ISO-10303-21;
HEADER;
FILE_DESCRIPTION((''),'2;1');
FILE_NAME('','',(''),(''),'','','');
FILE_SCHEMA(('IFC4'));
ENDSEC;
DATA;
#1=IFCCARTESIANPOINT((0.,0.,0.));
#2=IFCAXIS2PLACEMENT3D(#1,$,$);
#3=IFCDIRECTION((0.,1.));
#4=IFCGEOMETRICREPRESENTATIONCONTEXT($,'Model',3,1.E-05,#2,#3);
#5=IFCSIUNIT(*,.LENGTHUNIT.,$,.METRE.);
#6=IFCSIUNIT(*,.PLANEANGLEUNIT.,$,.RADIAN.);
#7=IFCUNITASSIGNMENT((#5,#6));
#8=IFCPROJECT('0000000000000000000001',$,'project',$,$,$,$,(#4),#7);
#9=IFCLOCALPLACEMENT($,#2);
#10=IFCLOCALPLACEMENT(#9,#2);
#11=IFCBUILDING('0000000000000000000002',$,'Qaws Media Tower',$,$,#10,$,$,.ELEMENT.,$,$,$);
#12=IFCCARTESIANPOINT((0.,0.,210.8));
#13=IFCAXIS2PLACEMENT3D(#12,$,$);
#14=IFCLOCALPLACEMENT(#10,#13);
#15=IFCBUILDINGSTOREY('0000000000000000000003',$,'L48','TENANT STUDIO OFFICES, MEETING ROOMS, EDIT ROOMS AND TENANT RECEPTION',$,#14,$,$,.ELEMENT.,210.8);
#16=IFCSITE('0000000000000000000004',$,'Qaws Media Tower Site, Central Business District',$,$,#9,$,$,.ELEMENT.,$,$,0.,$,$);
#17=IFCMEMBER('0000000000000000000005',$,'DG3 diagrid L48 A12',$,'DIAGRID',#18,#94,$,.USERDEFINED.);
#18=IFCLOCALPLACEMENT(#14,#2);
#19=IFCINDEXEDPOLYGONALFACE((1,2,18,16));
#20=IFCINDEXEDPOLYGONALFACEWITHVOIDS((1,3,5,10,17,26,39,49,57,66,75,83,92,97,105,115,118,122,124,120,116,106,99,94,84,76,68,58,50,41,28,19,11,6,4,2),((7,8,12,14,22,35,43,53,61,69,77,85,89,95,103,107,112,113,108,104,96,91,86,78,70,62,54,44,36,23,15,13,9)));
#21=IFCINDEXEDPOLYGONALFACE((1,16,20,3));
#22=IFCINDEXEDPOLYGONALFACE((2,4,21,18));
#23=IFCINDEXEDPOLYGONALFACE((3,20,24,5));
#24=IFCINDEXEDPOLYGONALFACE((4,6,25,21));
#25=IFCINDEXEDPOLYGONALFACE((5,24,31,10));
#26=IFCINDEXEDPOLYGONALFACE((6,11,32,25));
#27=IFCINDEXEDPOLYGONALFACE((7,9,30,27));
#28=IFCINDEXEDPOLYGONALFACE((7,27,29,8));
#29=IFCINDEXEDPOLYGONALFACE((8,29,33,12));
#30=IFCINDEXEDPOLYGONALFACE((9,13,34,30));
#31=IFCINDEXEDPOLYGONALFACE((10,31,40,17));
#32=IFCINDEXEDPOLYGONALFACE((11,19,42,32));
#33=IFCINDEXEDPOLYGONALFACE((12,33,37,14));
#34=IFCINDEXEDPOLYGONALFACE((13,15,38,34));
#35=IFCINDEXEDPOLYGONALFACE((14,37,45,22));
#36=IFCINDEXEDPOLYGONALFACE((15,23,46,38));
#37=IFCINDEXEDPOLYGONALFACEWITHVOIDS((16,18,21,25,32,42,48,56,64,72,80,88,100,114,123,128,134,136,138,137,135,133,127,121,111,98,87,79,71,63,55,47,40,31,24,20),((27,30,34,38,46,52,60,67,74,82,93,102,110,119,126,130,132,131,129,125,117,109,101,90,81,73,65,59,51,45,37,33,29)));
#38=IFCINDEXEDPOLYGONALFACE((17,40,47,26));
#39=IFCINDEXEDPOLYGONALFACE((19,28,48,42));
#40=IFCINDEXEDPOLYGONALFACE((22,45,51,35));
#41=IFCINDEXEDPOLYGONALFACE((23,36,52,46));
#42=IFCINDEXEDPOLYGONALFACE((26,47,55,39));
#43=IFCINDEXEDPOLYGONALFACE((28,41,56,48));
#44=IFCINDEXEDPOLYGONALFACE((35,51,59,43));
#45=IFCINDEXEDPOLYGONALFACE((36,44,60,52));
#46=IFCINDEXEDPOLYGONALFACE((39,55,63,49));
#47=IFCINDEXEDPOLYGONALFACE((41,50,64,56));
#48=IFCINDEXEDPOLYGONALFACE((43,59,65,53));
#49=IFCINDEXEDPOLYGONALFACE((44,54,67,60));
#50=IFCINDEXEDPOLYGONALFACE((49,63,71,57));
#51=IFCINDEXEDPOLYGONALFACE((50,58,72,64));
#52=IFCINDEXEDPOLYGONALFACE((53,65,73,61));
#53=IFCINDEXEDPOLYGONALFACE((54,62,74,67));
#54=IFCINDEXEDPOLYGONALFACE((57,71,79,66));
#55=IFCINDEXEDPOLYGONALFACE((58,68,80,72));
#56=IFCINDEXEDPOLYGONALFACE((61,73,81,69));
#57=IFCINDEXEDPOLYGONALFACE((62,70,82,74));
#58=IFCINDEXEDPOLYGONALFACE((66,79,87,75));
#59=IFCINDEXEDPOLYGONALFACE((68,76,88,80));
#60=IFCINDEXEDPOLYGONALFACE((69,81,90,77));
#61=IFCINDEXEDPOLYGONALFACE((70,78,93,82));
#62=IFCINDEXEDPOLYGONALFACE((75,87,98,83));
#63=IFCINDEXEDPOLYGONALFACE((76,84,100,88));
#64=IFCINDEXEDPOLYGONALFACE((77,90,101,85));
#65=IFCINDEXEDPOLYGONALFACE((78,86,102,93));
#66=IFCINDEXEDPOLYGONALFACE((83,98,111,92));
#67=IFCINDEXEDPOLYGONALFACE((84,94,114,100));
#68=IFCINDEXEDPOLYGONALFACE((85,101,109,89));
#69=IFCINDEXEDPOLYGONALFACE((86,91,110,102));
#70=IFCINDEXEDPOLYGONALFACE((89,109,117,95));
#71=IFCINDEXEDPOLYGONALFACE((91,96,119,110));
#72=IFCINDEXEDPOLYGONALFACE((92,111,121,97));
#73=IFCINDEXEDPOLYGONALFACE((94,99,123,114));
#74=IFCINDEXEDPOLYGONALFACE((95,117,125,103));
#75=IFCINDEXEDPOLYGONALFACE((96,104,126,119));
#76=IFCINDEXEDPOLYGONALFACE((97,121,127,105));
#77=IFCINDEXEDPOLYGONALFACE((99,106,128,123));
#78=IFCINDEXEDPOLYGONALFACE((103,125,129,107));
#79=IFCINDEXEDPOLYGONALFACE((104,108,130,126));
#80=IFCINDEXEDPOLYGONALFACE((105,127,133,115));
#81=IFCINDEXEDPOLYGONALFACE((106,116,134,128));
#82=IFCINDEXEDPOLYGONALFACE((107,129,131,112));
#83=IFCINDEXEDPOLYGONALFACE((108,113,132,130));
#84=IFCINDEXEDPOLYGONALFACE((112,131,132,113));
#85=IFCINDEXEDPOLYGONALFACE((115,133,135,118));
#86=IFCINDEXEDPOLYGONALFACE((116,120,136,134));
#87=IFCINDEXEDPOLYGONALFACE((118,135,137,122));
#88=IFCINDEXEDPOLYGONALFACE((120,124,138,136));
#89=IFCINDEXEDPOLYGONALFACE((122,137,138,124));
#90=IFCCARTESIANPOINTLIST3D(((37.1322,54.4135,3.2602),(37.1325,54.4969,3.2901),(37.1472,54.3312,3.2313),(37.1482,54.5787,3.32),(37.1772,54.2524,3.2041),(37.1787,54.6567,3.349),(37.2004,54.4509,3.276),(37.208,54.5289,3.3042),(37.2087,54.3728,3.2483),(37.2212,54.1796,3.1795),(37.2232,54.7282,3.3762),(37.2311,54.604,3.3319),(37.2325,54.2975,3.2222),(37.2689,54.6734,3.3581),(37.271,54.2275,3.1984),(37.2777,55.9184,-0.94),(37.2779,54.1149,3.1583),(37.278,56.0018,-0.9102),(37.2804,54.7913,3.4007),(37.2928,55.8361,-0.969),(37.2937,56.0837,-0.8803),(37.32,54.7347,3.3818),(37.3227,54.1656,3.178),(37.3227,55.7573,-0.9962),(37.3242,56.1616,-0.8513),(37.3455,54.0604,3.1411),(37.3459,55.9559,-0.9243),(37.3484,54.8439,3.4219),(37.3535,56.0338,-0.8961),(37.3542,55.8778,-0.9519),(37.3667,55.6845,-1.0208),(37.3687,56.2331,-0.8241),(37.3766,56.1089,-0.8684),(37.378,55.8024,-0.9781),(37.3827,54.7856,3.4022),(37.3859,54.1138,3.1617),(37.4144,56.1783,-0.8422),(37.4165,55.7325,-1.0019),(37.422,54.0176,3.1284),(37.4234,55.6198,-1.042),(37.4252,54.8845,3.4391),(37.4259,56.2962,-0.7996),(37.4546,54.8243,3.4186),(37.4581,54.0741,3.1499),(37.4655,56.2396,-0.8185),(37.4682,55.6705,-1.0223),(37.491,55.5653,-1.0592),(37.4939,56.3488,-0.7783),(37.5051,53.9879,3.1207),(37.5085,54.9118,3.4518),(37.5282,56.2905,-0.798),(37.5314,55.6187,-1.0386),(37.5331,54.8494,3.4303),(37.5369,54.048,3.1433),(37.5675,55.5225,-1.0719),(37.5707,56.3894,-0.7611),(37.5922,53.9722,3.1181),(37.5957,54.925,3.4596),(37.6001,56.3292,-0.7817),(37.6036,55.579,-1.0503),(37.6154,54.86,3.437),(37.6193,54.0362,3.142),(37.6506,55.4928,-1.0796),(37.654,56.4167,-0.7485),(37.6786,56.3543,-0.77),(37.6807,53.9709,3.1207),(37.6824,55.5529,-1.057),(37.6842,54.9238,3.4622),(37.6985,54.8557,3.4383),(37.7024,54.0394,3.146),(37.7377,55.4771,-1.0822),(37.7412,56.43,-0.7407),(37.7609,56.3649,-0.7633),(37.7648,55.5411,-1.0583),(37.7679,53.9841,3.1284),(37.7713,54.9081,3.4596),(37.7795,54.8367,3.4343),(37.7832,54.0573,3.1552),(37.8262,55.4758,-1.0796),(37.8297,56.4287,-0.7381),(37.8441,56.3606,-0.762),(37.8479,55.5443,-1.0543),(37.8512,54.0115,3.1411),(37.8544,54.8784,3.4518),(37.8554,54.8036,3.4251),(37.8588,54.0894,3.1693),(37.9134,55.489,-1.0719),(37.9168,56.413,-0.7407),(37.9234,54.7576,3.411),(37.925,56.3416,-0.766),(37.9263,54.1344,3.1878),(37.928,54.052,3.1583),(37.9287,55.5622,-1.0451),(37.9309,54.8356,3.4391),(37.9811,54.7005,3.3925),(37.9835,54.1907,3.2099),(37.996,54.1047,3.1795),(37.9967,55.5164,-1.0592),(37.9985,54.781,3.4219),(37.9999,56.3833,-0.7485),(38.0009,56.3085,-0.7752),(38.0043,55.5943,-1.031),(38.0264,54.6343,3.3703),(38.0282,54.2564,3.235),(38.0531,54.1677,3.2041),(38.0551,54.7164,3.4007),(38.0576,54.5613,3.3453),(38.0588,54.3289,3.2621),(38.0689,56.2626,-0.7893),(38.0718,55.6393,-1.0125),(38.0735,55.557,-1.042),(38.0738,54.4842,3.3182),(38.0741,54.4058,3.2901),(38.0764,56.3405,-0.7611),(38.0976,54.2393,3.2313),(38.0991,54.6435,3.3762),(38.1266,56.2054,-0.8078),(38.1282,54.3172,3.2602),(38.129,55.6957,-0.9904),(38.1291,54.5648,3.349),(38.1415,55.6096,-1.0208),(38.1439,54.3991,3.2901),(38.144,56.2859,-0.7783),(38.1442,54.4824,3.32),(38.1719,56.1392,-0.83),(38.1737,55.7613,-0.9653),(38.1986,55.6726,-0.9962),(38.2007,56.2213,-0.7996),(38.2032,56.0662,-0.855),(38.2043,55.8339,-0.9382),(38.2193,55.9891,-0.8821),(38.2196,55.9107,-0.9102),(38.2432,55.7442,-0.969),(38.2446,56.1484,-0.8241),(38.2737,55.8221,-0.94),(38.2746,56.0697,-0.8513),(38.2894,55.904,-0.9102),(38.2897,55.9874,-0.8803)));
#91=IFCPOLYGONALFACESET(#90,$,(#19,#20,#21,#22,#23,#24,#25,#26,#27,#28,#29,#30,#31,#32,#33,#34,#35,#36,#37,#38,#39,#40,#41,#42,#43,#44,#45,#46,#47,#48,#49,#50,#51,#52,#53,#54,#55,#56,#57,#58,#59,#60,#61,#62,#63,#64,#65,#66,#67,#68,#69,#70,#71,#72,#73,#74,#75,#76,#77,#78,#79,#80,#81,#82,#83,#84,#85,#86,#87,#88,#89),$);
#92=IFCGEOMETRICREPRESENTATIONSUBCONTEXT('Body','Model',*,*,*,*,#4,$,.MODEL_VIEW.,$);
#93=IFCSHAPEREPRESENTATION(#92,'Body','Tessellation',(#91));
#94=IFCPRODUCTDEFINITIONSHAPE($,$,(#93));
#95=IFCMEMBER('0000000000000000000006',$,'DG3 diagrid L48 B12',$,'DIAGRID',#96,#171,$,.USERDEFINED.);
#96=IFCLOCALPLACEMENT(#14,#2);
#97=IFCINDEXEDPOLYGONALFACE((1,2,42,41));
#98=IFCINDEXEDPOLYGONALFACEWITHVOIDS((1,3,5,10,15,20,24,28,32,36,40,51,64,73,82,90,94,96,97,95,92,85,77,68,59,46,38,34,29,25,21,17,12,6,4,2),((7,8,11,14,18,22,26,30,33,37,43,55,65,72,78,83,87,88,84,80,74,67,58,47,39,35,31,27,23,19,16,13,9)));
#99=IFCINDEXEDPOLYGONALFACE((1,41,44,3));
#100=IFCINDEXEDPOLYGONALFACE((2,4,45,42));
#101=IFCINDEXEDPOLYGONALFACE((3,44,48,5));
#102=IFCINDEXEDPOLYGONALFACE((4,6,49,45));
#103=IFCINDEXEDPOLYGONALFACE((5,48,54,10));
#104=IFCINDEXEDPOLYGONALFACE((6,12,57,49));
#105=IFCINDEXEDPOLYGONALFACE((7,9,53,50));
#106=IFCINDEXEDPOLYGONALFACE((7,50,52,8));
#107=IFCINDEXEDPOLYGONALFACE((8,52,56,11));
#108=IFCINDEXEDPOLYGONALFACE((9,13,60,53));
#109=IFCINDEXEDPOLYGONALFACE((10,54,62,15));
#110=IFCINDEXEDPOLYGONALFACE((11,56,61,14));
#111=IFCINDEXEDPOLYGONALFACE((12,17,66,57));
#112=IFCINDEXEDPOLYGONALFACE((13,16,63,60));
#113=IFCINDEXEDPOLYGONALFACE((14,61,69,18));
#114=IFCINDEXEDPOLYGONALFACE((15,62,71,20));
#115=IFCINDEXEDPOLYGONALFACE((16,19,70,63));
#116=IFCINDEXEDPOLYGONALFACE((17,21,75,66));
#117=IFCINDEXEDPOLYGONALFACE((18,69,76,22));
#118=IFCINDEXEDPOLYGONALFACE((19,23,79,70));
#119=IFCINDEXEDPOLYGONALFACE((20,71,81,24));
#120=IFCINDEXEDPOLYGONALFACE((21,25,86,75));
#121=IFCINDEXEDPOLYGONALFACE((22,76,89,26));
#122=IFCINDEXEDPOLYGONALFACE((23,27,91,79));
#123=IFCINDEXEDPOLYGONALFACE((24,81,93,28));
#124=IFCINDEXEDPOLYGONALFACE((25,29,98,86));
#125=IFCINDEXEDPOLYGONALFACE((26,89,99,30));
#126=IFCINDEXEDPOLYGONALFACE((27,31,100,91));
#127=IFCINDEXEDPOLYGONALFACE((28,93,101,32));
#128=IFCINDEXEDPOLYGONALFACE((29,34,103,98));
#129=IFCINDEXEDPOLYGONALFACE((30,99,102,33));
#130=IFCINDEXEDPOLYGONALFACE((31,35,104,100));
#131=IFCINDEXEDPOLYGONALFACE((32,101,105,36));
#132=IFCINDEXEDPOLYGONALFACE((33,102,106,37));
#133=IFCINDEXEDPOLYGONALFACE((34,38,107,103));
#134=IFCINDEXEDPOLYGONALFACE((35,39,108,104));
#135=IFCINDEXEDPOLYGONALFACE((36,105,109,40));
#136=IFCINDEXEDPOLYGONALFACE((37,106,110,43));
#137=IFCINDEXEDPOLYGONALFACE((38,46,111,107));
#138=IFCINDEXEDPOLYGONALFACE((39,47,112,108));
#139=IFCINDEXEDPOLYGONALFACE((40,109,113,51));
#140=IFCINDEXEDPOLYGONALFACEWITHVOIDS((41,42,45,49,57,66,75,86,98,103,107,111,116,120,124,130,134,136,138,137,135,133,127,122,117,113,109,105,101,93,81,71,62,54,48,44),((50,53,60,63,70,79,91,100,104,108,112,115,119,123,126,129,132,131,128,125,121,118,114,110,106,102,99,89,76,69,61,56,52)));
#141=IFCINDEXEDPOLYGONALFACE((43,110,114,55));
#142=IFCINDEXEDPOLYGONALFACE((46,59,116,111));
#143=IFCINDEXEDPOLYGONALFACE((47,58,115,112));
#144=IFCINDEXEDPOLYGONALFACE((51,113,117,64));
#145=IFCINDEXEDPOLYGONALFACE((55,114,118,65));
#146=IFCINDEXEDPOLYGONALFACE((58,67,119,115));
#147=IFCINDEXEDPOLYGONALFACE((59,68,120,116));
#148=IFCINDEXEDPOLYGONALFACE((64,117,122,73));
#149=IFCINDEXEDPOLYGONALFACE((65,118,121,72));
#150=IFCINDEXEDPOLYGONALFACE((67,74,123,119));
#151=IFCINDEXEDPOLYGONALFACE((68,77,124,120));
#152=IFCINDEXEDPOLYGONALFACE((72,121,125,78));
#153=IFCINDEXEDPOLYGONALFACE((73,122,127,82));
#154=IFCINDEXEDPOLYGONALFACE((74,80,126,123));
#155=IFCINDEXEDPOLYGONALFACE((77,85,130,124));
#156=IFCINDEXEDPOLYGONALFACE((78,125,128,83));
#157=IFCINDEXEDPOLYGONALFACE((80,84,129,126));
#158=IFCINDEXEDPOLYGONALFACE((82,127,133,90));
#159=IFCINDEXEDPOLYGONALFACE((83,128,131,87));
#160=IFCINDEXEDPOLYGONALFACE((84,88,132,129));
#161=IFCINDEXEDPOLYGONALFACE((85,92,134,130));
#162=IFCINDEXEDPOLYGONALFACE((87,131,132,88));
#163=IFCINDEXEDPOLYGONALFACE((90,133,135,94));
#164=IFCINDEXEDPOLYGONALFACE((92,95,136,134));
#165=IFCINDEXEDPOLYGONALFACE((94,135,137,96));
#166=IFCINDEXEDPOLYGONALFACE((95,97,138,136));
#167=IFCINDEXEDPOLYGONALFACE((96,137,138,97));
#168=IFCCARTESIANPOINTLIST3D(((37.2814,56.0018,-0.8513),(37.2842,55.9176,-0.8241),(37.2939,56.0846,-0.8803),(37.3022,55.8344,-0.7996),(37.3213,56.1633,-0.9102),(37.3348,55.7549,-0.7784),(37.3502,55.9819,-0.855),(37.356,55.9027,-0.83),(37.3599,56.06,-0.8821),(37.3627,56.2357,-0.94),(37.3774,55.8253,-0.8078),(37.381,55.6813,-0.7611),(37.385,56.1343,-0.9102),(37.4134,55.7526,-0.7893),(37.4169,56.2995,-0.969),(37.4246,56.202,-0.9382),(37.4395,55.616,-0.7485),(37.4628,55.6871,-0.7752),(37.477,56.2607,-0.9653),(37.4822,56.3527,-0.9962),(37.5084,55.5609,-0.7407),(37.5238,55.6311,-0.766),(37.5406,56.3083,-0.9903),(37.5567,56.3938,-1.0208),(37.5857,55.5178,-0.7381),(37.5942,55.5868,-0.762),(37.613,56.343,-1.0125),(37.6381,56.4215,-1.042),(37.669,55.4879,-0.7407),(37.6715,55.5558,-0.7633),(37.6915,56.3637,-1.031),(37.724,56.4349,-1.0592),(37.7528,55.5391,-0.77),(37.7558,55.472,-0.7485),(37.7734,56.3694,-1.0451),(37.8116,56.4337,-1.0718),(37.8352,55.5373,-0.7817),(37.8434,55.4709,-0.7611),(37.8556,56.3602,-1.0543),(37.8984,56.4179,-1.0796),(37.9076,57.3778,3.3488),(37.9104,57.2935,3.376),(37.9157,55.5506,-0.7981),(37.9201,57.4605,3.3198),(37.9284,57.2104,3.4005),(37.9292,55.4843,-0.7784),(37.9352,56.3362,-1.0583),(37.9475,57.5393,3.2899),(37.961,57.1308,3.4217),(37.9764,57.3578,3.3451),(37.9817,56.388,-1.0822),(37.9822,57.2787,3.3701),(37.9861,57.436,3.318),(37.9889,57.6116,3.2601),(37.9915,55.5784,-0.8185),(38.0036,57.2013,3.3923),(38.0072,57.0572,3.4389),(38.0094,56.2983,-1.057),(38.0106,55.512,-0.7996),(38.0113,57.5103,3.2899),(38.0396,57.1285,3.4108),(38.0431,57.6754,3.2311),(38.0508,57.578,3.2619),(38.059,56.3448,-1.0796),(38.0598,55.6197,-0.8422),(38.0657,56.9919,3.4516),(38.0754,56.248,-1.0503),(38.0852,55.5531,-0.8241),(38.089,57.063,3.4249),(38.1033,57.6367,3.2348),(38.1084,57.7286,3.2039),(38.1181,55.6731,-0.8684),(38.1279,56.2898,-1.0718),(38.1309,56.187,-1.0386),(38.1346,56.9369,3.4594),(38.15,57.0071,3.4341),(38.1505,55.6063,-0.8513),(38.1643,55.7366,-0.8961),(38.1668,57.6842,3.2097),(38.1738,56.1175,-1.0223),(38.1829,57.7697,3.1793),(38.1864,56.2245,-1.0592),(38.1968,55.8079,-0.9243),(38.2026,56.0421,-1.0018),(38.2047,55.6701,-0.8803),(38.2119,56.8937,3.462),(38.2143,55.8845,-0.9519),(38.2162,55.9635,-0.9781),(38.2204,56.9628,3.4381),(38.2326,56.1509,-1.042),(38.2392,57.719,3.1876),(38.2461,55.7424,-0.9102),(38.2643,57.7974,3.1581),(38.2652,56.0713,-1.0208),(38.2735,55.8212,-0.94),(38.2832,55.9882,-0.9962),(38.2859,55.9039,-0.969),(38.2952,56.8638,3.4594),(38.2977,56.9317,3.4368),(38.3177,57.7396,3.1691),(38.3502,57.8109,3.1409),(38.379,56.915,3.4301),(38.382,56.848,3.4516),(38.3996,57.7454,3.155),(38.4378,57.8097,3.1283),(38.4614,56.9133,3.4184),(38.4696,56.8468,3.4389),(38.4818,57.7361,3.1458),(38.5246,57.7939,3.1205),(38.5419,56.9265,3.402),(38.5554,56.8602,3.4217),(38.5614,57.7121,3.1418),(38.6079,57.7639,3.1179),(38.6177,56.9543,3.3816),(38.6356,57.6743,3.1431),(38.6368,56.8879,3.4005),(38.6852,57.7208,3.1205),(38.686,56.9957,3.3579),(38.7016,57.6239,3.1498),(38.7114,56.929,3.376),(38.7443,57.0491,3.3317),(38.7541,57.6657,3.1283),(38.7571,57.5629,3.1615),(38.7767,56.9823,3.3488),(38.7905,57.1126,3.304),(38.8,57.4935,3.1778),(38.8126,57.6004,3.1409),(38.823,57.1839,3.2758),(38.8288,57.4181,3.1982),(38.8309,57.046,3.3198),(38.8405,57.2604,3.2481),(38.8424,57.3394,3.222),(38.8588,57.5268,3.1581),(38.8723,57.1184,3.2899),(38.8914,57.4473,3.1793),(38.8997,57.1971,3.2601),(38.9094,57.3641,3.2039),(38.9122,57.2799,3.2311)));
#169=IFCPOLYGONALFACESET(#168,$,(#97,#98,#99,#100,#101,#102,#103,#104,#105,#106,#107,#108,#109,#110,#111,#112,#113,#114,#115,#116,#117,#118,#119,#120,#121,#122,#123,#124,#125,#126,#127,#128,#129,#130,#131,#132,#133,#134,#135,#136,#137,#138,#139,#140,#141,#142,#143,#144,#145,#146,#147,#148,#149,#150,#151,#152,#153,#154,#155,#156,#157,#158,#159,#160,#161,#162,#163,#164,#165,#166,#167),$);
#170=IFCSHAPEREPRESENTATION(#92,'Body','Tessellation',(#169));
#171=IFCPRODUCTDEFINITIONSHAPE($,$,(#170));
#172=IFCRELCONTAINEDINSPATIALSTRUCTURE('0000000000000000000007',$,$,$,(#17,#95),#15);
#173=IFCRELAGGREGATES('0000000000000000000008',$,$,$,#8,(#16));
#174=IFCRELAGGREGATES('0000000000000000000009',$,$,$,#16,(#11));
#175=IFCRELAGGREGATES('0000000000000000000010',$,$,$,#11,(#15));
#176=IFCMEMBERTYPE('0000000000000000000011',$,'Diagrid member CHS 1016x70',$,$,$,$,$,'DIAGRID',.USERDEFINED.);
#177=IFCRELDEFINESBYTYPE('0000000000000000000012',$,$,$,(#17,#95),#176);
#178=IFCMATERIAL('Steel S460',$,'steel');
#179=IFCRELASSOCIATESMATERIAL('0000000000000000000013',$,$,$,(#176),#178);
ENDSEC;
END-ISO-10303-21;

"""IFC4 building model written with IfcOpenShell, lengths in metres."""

from ifc_helpers import new_model, si_unit, direction, frame, origin, origin_2d, place, context, subcontext, project, spatial, hollow_circle, extrude, material, material_profile, profile_set, type_object, element, save


model = new_model("IFC4")

# Units and contexts
model_context = context("Model", 3, precision=1e-05, world=origin(), true_north=direction((0.0, 1.0)))
body_context = subcontext(model_context, "Body", "Model", "MODEL_VIEW")
ifc_project = project(units=[si_unit("LENGTHUNIT", "METRE"), si_unit("PLANEANGLEUNIT", "RADIAN")], contexts=[model_context])

# Site, building, storey
site_placement = place(None, origin())
site = spatial("IfcSite", under=ifc_project, at=site_placement, Name="Qaws Media Tower Site, Central Business District", CompositionType="ELEMENT", RefElevation=0.0)
building_placement = place(site_placement, origin())
building = spatial("IfcBuilding", under=site, at=building_placement, Name="Qaws Media Tower", CompositionType="ELEMENT")
storey_placement = place(building_placement, frame((0.0, 0.0, 210.8)))
storey = spatial("IfcBuildingStorey", under=building, at=storey_placement, Name="L48", Description="TENANT STUDIO OFFICES, MEETING ROOMS, EDIT ROOMS AND TENANT RECEPTION", CompositionType="ELEMENT", Elevation=210.8)

# Members
ifc_material_1 = material(Name="Steel S460", Category="steel")
ifc_material_profile_1 = material_profile(ifc_material_1, hollow_circle(Radius=0.5081, WallThickness=0.0701, at=origin_2d()), Name="CHS 1016x70")
ifc_profile_set_1 = profile_set([ifc_material_profile_1], Name="Steel S460")
member_type_1 = type_object("IfcMemberType", Name="Diagrid member CHS 1016x70", ElementType="DIAGRID", PredefinedType="USERDEFINED", material=ifc_profile_set_1)
member_1_placement = place(storey_placement, frame((37.7837, 55.9529, -0.9102), z_axis=(-0.032596, -0.337114, 0.940899), x_axis=(0.995358, -0.096242, 0.0)))
element("IfcMember", 1, at=member_1_placement, inside=storey, type_object=member_type_1, Name="DG3 diagrid L48 A12", ObjectType="DIAGRID", PredefinedType="USERDEFINED", context=body_context, shape_type="SweptSolid", body=[
    extrude(hollow_circle(Radius=0.5081, WallThickness=0.0701, at=origin_2d()), origin(), (0.0, 0.0, 1.0), 4.4641),
])
member_2_placement = place(storey_placement, frame((37.7837, 55.9529, -0.9102), z_axis=(0.140283, 0.30824, 0.940908), x_axis=(-0.910173, 0.414229, 0.0)))
element("IfcMember", 2, at=member_2_placement, inside=storey, type_object=member_type_1, Name="DG3 diagrid L48 B12", ObjectType="DIAGRID", PredefinedType="USERDEFINED", context=body_context, shape_type="SweptSolid", body=[
    extrude(hollow_circle(Radius=0.5081, WallThickness=0.0701, at=origin_2d()), origin(), (0.0, 0.0, 1.0), 4.4639),
])

save(model, "model.ifc")
